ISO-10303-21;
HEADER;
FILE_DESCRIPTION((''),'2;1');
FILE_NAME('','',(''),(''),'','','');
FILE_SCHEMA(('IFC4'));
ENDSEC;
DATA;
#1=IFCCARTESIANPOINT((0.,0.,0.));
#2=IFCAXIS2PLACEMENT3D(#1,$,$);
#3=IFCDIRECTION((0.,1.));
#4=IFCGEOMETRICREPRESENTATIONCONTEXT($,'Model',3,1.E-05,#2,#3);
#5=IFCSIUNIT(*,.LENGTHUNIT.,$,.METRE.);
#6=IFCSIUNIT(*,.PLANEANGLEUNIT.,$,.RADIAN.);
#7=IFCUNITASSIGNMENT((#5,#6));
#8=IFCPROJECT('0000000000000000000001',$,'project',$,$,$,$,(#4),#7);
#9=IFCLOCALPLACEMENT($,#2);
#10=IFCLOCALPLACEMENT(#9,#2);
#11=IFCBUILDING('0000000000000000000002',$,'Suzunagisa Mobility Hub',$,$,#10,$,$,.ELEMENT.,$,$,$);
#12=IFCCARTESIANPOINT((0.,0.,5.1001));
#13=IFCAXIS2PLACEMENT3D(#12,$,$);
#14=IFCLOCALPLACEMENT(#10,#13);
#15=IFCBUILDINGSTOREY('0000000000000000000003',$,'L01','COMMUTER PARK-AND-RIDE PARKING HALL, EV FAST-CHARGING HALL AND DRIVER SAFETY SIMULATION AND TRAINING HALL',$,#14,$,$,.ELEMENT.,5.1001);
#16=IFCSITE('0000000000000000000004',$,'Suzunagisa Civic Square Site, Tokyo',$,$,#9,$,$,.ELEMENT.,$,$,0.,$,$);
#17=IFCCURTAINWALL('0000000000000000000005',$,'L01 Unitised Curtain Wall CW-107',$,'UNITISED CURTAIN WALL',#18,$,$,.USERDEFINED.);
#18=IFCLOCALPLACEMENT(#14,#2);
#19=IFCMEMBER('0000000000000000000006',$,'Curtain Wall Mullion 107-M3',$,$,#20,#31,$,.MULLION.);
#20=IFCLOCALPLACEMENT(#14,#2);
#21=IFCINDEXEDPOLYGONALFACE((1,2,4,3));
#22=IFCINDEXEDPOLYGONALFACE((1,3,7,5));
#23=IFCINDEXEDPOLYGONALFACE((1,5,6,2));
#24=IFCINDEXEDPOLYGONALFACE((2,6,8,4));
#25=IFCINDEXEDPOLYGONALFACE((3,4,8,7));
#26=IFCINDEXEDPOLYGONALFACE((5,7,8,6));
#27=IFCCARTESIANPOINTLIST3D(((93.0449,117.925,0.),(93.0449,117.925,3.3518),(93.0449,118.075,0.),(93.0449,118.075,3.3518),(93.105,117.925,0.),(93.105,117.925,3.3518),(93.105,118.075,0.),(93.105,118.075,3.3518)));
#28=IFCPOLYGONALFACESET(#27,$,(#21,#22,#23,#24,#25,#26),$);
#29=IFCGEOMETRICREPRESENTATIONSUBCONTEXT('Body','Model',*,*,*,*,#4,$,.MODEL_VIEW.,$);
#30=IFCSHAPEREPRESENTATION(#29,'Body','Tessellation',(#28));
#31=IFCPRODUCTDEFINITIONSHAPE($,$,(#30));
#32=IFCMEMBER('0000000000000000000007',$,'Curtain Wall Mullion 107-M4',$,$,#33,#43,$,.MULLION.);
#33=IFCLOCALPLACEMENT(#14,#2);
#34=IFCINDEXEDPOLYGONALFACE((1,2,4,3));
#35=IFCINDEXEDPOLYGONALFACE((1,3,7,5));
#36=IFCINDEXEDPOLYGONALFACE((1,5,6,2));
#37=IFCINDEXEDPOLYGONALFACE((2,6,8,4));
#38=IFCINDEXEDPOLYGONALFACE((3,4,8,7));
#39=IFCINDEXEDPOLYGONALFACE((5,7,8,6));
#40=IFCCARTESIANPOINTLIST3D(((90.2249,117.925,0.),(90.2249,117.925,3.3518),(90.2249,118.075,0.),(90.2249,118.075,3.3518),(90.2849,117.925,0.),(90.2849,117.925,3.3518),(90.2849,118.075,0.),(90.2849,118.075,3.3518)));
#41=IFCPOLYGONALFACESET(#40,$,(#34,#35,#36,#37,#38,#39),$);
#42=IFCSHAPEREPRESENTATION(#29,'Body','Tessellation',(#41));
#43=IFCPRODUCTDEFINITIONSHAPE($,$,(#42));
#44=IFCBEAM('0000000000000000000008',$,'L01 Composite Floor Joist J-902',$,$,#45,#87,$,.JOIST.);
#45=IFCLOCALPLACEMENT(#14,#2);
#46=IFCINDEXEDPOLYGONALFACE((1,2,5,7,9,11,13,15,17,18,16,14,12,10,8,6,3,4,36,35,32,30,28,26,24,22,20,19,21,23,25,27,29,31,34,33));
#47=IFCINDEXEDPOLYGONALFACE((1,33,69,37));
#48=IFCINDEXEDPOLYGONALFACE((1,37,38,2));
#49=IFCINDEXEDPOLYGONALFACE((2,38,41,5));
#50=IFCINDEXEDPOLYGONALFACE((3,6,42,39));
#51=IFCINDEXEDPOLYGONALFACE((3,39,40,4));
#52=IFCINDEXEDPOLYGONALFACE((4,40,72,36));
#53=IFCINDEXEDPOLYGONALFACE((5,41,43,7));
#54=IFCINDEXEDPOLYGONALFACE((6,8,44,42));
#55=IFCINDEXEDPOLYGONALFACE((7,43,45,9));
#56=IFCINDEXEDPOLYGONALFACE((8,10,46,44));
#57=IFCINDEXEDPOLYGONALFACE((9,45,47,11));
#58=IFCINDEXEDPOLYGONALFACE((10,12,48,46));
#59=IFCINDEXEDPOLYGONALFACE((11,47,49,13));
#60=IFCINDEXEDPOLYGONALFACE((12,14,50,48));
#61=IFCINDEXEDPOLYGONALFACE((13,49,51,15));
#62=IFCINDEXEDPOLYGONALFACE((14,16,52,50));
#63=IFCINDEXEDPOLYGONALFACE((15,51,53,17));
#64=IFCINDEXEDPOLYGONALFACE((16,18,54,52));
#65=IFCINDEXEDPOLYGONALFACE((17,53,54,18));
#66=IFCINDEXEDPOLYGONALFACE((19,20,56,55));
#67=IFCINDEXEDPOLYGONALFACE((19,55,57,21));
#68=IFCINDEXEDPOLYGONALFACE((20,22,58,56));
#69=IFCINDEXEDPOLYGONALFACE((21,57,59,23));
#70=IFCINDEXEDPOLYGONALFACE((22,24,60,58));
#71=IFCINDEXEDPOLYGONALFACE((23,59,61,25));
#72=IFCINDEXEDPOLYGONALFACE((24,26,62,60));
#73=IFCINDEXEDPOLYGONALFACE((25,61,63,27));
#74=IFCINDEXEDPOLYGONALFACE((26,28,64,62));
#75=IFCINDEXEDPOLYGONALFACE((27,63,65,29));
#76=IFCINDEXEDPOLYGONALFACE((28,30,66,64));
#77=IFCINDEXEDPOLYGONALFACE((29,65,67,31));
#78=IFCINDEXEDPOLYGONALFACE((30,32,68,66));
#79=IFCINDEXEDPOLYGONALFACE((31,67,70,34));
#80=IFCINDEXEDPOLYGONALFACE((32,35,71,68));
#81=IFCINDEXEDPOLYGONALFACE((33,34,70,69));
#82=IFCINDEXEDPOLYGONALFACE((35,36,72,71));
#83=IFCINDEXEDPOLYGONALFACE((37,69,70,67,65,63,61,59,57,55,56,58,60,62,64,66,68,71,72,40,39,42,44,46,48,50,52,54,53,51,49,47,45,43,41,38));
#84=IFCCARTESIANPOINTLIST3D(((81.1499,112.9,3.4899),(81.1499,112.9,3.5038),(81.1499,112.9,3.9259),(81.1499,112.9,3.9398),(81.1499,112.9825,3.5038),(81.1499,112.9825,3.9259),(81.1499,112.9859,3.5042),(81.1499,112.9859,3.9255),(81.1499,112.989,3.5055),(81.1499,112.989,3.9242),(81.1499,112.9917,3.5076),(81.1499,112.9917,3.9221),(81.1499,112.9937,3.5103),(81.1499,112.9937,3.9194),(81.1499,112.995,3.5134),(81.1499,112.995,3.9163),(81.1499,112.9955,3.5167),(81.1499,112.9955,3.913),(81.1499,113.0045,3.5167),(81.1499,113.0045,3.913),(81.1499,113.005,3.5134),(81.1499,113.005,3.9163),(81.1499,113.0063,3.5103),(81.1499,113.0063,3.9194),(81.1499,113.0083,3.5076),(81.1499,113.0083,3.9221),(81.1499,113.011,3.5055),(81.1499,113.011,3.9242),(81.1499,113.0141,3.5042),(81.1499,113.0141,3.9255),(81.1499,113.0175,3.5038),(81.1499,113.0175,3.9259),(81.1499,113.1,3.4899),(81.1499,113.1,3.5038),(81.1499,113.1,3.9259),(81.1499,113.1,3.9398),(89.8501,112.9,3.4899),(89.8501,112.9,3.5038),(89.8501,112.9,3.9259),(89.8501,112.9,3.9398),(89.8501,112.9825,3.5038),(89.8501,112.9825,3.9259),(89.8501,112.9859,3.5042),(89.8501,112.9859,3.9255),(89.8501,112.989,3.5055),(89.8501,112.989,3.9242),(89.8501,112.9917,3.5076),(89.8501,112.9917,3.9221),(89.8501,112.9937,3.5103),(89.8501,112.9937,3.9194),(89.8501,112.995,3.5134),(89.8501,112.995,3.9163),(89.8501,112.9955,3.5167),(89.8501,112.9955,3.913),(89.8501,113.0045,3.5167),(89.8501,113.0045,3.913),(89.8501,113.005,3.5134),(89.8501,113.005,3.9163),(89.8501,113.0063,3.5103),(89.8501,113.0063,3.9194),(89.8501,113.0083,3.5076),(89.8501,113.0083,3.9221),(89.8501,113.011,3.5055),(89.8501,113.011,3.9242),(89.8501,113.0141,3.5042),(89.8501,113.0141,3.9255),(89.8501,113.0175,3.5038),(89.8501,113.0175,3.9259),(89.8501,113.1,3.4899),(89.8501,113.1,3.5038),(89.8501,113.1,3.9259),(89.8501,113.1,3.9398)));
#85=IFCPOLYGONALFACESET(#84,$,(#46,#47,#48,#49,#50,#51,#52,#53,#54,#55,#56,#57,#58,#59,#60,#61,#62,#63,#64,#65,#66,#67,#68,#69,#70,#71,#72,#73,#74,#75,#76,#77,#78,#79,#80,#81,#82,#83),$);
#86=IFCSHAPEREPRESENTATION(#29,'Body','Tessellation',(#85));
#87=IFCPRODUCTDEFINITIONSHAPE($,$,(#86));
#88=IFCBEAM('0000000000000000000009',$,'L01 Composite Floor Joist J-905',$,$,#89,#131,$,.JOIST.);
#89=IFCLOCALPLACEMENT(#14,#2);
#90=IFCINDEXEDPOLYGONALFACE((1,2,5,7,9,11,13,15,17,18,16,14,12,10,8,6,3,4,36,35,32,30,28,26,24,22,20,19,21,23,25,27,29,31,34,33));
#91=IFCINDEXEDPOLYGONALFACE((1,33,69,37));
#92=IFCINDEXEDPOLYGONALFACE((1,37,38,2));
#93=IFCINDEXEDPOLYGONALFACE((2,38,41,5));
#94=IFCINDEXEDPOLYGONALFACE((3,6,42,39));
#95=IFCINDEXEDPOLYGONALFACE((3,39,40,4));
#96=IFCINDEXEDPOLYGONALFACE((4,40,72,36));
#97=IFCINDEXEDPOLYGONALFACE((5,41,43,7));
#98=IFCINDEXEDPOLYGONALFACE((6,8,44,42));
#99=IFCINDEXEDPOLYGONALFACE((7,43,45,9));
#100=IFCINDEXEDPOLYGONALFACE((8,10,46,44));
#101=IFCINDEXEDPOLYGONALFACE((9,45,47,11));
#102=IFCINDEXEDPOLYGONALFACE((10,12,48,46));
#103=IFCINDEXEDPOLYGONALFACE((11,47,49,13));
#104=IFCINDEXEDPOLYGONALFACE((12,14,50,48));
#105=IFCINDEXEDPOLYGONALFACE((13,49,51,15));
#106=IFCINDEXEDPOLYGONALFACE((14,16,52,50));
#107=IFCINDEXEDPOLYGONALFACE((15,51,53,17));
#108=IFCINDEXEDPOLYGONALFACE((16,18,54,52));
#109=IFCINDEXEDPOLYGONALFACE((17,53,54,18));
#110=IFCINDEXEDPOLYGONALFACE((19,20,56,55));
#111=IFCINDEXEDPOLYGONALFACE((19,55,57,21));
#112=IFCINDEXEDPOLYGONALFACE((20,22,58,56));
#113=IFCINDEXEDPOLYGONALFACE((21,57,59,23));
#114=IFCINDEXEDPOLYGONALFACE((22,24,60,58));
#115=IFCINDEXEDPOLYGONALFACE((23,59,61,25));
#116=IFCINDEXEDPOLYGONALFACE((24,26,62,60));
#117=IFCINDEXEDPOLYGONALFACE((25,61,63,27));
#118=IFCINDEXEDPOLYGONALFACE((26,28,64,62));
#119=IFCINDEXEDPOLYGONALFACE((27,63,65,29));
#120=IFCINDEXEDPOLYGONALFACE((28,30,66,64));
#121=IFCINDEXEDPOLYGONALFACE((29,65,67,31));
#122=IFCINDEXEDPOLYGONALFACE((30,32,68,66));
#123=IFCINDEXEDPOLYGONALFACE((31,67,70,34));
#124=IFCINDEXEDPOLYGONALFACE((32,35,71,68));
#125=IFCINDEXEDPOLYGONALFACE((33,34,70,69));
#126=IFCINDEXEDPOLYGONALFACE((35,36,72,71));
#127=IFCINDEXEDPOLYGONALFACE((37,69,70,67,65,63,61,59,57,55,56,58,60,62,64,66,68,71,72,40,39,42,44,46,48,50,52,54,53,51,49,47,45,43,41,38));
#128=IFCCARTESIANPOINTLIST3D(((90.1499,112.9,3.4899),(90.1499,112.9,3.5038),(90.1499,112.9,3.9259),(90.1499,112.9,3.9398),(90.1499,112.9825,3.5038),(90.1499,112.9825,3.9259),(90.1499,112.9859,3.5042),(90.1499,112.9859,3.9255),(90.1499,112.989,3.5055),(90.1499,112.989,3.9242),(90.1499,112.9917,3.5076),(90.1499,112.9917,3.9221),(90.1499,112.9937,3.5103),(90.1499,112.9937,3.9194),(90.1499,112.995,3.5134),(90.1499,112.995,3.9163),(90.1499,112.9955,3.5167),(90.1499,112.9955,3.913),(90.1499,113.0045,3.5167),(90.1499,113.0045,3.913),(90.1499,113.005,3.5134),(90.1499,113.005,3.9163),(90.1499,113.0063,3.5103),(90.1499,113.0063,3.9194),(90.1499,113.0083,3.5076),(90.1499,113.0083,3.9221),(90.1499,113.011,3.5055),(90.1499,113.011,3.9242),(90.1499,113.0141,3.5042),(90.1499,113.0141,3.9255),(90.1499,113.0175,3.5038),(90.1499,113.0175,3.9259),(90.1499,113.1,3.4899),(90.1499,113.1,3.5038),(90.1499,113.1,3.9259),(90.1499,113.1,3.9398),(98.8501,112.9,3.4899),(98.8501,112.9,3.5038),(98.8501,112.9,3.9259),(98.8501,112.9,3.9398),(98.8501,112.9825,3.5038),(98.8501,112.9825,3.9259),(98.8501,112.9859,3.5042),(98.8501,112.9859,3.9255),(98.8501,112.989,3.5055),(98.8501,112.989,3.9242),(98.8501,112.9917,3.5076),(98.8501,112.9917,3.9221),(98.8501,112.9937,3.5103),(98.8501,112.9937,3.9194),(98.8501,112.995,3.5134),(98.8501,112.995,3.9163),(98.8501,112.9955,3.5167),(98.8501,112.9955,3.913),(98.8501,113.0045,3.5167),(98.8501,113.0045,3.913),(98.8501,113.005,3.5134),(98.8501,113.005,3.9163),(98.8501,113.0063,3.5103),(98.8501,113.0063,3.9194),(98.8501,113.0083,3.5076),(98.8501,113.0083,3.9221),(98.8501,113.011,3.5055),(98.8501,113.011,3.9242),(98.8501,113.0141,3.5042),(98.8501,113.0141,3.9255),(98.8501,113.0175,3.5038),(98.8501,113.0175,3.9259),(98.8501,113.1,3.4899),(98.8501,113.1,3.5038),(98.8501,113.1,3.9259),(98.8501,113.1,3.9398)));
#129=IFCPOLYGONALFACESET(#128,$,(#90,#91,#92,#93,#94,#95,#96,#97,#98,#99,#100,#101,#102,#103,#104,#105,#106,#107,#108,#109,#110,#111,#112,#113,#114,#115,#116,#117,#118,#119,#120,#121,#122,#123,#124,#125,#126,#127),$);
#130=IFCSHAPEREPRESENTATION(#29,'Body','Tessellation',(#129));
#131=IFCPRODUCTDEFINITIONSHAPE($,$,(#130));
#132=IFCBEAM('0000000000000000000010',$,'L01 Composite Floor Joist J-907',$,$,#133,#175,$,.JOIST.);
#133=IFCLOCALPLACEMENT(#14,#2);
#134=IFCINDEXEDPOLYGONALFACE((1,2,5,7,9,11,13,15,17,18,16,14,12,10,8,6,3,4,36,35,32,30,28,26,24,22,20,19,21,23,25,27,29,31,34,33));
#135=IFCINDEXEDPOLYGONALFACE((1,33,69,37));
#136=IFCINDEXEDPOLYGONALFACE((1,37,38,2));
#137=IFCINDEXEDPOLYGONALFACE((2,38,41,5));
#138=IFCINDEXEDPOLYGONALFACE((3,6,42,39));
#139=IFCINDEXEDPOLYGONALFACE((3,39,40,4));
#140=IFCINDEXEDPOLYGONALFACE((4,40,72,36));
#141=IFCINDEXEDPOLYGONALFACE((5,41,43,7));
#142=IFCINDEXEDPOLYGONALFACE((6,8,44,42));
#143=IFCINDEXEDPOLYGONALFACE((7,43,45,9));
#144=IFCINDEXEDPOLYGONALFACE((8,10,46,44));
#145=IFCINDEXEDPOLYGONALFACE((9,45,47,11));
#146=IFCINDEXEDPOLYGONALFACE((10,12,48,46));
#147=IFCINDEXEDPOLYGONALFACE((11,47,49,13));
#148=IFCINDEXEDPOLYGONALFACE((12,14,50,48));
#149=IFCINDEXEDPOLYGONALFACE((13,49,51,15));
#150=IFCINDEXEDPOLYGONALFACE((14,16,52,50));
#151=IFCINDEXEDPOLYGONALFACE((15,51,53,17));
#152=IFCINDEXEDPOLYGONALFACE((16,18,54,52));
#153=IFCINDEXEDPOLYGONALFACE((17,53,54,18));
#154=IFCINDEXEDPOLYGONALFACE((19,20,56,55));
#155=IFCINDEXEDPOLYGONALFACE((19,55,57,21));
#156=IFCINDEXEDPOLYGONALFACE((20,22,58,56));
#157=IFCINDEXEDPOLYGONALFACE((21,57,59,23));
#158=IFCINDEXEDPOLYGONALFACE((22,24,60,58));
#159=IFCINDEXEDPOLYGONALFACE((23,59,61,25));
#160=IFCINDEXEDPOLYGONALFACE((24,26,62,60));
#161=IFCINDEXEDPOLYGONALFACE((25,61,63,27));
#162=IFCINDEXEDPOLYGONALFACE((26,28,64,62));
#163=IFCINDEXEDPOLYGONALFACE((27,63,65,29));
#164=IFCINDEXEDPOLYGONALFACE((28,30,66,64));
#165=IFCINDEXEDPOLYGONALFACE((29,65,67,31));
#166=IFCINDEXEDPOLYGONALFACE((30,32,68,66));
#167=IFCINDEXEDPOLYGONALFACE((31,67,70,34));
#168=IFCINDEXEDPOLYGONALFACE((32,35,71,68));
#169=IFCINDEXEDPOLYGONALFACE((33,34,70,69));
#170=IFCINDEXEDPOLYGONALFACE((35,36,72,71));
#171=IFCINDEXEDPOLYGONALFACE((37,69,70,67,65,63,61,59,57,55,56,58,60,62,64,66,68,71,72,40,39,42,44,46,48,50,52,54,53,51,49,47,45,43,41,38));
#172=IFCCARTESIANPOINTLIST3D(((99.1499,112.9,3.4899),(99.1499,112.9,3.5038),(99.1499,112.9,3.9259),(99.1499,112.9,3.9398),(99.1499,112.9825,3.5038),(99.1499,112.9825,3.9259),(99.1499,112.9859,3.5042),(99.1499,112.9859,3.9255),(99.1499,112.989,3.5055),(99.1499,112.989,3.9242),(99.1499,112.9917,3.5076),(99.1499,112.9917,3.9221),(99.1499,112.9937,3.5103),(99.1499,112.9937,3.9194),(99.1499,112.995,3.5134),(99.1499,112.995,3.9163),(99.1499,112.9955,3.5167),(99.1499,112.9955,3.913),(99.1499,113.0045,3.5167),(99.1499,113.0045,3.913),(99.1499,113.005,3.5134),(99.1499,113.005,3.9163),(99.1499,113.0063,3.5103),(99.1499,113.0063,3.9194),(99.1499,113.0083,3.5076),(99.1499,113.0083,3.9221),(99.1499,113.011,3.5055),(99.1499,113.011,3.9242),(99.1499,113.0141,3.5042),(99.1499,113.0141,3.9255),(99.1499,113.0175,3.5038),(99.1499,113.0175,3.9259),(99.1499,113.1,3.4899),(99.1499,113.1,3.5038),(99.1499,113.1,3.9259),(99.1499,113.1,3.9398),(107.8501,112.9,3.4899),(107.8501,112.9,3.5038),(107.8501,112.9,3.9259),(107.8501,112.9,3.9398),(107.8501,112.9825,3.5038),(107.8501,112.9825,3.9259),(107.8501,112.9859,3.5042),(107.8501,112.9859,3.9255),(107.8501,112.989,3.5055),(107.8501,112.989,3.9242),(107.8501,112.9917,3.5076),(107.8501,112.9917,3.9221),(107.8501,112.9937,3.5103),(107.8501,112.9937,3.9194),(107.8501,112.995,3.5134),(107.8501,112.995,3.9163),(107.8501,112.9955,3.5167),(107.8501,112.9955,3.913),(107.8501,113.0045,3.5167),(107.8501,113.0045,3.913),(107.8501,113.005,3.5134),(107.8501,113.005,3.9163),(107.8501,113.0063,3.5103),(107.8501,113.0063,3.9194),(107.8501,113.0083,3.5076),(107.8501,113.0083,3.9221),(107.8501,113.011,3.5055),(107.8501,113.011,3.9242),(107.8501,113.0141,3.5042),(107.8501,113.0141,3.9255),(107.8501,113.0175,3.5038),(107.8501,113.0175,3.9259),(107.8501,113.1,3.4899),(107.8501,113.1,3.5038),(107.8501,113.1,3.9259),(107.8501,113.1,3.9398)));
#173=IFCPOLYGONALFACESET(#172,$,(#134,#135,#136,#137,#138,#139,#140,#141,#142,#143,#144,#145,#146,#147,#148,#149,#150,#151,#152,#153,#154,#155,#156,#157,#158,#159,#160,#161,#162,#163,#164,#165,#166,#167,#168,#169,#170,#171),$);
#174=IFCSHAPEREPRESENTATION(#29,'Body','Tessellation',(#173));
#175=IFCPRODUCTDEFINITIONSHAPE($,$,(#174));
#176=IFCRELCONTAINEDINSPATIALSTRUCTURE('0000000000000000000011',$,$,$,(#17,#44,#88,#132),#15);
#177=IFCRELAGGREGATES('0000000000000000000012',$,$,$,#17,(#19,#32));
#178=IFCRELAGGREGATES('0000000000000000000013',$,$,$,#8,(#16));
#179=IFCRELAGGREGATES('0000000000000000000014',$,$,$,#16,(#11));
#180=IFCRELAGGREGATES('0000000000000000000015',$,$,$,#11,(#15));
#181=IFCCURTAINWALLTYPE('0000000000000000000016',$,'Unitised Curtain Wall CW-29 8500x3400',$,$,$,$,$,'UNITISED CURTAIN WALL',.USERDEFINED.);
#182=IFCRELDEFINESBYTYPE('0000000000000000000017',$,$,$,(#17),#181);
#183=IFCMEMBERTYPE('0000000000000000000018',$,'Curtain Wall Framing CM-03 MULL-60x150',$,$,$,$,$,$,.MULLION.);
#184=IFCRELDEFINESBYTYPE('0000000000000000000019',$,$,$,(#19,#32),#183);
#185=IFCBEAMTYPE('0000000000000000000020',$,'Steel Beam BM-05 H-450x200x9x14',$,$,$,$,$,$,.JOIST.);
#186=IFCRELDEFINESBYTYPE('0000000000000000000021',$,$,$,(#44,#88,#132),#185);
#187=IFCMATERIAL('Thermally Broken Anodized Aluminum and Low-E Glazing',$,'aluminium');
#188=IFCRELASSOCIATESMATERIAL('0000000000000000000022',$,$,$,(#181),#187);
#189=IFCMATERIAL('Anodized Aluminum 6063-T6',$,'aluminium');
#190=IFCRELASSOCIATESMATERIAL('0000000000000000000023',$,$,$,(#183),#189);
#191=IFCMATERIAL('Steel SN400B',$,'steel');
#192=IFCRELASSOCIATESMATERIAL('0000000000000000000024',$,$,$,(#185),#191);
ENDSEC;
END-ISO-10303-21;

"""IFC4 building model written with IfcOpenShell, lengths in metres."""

from ifc_helpers import new_model, si_unit, direction, frame, origin, origin_2d, place, context, subcontext, project, spatial, rectangle, i_section, extrude, material, material_profile, profile_set, type_object, element, aggregate, save


model = new_model("IFC4")

# Units and contexts
model_context = context("Model", 3, precision=1e-05, world=origin(), true_north=direction((0.0, 1.0)))
body_context = subcontext(model_context, "Body", "Model", "MODEL_VIEW")
ifc_project = project(units=[si_unit("LENGTHUNIT", "METRE"), si_unit("PLANEANGLEUNIT", "RADIAN")], contexts=[model_context])

# Site, building, storey
site_placement = place(None, origin())
site = spatial("IfcSite", under=ifc_project, at=site_placement, Name="Suzunagisa Civic Square Site, Tokyo", CompositionType="ELEMENT", RefElevation=0.0)
building_placement = place(site_placement, origin())
building = spatial("IfcBuilding", under=site, at=building_placement, Name="Suzunagisa Mobility Hub", CompositionType="ELEMENT")
storey_placement = place(building_placement, frame((0.0, 0.0, 5.1001)))
storey = spatial("IfcBuildingStorey", under=building, at=storey_placement, Name="L01", Description="COMMUTER PARK-AND-RIDE PARKING HALL, EV FAST-CHARGING HALL AND DRIVER SAFETY SIMULATION AND TRAINING HALL", CompositionType="ELEMENT", Elevation=5.1001)

# Curtain wall, members
ifc_material_1 = material(Name="Thermally Broken Anodized Aluminum and Low-E Glazing", Category="aluminium")
curtain_wall_type = type_object("IfcCurtainWallType", Name="Unitised Curtain Wall CW-29 8500x3400", ElementType="UNITISED CURTAIN WALL", PredefinedType="USERDEFINED", material=ifc_material_1)
curtain_wall_placement = place(storey_placement, origin())
curtain_wall = element("IfcCurtainWall", 1, at=curtain_wall_placement, inside=storey, type_object=curtain_wall_type, Name="L01 Unitised Curtain Wall CW-107", ObjectType="UNITISED CURTAIN WALL", PredefinedType="USERDEFINED")
ifc_material_2 = material(Name="Anodized Aluminum 6063-T6", Category="aluminium")
ifc_material_profile_1 = material_profile(ifc_material_2, rectangle(XDim=0.0601, YDim=0.1499, at=origin_2d()), Name="MULL-60x150")
ifc_profile_set_1 = profile_set([ifc_material_profile_1], Name="Anodized Aluminum 6063-T6")
member_type_1 = type_object("IfcMemberType", Name="Curtain Wall Framing CM-03 MULL-60x150", PredefinedType="MULLION", material=ifc_profile_set_1)
member_1_placement = place(storey_placement, frame((93.075, 118.0, 0.0), z_axis=(0.0, 0.0, 1.0), x_axis=(-1.0, 0.0, 0.0)))
member_1 = element("IfcMember", 2, at=member_1_placement, type_object=member_type_1, Name="Curtain Wall Mullion 107-M3", PredefinedType="MULLION", context=body_context, shape_type="SweptSolid", body=[
    extrude(rectangle(XDim=0.0601, YDim=0.1499, at=origin_2d()), origin(), (0.0, 0.0, 1.0), 3.3518),
])
member_2_placement = place(storey_placement, frame((90.2549, 118.0, 0.0), z_axis=(0.0, 0.0, 1.0), x_axis=(-1.0, 0.0, 0.0)))
member_2 = element("IfcMember", 3, at=member_2_placement, type_object=member_type_1, Name="Curtain Wall Mullion 107-M4", PredefinedType="MULLION", context=body_context, shape_type="SweptSolid", body=[
    extrude(rectangle(XDim=0.0601, YDim=0.1499, at=origin_2d()), origin(), (0.0, 0.0, 1.0), 3.3518),
])

# Beams
ifc_material_3 = material(Name="Steel SN400B", Category="steel")
ifc_material_profile_2 = material_profile(ifc_material_3, i_section(OverallWidth=0.2, OverallDepth=0.45, WebThickness=0.009, FlangeThickness=0.0139, FilletRadius=0.0129, at=origin_2d()), Name="H-450x200x9x14")
ifc_profile_set_2 = profile_set([ifc_material_profile_2], Name="Steel SN400B")
beam_type_1 = type_object("IfcBeamType", Name="Steel Beam BM-05 H-450x200x9x14", PredefinedType="JOIST", material=ifc_profile_set_2)
for number, where, z_axis, x_axis, name in (
    (4, (81.1499, 113.0, 3.7148), (1.0, 0.0, 0.0), (0.0, 1.0, 0.0), "L01 Composite Floor Joist J-902"),
    (5, (90.1499, 113.0, 3.7148), (1.0, 0.0, 0.0), (0.0, 1.0, 0.0), "L01 Composite Floor Joist J-905"),
    (6, (99.1499, 113.0, 3.7148), (1.0, 0.0, 0.0), (0.0, 1.0, 0.0), "L01 Composite Floor Joist J-907"),
):
    element("IfcBeam", number, at=place(storey_placement, frame(where, z_axis=z_axis, x_axis=x_axis)), inside=storey, type_object=beam_type_1, Name=name, PredefinedType="JOIST", context=body_context, shape_type="SweptSolid", body=[
        extrude(i_section(OverallWidth=0.2, OverallDepth=0.45, WebThickness=0.009, FlangeThickness=0.0139, FilletRadius=0.0129, at=origin_2d()), origin(), (0.0, 0.0, 1.0), 8.7002),
    ])

aggregate(curtain_wall, [member_1, member_2])

save(model, "model.ifc")
